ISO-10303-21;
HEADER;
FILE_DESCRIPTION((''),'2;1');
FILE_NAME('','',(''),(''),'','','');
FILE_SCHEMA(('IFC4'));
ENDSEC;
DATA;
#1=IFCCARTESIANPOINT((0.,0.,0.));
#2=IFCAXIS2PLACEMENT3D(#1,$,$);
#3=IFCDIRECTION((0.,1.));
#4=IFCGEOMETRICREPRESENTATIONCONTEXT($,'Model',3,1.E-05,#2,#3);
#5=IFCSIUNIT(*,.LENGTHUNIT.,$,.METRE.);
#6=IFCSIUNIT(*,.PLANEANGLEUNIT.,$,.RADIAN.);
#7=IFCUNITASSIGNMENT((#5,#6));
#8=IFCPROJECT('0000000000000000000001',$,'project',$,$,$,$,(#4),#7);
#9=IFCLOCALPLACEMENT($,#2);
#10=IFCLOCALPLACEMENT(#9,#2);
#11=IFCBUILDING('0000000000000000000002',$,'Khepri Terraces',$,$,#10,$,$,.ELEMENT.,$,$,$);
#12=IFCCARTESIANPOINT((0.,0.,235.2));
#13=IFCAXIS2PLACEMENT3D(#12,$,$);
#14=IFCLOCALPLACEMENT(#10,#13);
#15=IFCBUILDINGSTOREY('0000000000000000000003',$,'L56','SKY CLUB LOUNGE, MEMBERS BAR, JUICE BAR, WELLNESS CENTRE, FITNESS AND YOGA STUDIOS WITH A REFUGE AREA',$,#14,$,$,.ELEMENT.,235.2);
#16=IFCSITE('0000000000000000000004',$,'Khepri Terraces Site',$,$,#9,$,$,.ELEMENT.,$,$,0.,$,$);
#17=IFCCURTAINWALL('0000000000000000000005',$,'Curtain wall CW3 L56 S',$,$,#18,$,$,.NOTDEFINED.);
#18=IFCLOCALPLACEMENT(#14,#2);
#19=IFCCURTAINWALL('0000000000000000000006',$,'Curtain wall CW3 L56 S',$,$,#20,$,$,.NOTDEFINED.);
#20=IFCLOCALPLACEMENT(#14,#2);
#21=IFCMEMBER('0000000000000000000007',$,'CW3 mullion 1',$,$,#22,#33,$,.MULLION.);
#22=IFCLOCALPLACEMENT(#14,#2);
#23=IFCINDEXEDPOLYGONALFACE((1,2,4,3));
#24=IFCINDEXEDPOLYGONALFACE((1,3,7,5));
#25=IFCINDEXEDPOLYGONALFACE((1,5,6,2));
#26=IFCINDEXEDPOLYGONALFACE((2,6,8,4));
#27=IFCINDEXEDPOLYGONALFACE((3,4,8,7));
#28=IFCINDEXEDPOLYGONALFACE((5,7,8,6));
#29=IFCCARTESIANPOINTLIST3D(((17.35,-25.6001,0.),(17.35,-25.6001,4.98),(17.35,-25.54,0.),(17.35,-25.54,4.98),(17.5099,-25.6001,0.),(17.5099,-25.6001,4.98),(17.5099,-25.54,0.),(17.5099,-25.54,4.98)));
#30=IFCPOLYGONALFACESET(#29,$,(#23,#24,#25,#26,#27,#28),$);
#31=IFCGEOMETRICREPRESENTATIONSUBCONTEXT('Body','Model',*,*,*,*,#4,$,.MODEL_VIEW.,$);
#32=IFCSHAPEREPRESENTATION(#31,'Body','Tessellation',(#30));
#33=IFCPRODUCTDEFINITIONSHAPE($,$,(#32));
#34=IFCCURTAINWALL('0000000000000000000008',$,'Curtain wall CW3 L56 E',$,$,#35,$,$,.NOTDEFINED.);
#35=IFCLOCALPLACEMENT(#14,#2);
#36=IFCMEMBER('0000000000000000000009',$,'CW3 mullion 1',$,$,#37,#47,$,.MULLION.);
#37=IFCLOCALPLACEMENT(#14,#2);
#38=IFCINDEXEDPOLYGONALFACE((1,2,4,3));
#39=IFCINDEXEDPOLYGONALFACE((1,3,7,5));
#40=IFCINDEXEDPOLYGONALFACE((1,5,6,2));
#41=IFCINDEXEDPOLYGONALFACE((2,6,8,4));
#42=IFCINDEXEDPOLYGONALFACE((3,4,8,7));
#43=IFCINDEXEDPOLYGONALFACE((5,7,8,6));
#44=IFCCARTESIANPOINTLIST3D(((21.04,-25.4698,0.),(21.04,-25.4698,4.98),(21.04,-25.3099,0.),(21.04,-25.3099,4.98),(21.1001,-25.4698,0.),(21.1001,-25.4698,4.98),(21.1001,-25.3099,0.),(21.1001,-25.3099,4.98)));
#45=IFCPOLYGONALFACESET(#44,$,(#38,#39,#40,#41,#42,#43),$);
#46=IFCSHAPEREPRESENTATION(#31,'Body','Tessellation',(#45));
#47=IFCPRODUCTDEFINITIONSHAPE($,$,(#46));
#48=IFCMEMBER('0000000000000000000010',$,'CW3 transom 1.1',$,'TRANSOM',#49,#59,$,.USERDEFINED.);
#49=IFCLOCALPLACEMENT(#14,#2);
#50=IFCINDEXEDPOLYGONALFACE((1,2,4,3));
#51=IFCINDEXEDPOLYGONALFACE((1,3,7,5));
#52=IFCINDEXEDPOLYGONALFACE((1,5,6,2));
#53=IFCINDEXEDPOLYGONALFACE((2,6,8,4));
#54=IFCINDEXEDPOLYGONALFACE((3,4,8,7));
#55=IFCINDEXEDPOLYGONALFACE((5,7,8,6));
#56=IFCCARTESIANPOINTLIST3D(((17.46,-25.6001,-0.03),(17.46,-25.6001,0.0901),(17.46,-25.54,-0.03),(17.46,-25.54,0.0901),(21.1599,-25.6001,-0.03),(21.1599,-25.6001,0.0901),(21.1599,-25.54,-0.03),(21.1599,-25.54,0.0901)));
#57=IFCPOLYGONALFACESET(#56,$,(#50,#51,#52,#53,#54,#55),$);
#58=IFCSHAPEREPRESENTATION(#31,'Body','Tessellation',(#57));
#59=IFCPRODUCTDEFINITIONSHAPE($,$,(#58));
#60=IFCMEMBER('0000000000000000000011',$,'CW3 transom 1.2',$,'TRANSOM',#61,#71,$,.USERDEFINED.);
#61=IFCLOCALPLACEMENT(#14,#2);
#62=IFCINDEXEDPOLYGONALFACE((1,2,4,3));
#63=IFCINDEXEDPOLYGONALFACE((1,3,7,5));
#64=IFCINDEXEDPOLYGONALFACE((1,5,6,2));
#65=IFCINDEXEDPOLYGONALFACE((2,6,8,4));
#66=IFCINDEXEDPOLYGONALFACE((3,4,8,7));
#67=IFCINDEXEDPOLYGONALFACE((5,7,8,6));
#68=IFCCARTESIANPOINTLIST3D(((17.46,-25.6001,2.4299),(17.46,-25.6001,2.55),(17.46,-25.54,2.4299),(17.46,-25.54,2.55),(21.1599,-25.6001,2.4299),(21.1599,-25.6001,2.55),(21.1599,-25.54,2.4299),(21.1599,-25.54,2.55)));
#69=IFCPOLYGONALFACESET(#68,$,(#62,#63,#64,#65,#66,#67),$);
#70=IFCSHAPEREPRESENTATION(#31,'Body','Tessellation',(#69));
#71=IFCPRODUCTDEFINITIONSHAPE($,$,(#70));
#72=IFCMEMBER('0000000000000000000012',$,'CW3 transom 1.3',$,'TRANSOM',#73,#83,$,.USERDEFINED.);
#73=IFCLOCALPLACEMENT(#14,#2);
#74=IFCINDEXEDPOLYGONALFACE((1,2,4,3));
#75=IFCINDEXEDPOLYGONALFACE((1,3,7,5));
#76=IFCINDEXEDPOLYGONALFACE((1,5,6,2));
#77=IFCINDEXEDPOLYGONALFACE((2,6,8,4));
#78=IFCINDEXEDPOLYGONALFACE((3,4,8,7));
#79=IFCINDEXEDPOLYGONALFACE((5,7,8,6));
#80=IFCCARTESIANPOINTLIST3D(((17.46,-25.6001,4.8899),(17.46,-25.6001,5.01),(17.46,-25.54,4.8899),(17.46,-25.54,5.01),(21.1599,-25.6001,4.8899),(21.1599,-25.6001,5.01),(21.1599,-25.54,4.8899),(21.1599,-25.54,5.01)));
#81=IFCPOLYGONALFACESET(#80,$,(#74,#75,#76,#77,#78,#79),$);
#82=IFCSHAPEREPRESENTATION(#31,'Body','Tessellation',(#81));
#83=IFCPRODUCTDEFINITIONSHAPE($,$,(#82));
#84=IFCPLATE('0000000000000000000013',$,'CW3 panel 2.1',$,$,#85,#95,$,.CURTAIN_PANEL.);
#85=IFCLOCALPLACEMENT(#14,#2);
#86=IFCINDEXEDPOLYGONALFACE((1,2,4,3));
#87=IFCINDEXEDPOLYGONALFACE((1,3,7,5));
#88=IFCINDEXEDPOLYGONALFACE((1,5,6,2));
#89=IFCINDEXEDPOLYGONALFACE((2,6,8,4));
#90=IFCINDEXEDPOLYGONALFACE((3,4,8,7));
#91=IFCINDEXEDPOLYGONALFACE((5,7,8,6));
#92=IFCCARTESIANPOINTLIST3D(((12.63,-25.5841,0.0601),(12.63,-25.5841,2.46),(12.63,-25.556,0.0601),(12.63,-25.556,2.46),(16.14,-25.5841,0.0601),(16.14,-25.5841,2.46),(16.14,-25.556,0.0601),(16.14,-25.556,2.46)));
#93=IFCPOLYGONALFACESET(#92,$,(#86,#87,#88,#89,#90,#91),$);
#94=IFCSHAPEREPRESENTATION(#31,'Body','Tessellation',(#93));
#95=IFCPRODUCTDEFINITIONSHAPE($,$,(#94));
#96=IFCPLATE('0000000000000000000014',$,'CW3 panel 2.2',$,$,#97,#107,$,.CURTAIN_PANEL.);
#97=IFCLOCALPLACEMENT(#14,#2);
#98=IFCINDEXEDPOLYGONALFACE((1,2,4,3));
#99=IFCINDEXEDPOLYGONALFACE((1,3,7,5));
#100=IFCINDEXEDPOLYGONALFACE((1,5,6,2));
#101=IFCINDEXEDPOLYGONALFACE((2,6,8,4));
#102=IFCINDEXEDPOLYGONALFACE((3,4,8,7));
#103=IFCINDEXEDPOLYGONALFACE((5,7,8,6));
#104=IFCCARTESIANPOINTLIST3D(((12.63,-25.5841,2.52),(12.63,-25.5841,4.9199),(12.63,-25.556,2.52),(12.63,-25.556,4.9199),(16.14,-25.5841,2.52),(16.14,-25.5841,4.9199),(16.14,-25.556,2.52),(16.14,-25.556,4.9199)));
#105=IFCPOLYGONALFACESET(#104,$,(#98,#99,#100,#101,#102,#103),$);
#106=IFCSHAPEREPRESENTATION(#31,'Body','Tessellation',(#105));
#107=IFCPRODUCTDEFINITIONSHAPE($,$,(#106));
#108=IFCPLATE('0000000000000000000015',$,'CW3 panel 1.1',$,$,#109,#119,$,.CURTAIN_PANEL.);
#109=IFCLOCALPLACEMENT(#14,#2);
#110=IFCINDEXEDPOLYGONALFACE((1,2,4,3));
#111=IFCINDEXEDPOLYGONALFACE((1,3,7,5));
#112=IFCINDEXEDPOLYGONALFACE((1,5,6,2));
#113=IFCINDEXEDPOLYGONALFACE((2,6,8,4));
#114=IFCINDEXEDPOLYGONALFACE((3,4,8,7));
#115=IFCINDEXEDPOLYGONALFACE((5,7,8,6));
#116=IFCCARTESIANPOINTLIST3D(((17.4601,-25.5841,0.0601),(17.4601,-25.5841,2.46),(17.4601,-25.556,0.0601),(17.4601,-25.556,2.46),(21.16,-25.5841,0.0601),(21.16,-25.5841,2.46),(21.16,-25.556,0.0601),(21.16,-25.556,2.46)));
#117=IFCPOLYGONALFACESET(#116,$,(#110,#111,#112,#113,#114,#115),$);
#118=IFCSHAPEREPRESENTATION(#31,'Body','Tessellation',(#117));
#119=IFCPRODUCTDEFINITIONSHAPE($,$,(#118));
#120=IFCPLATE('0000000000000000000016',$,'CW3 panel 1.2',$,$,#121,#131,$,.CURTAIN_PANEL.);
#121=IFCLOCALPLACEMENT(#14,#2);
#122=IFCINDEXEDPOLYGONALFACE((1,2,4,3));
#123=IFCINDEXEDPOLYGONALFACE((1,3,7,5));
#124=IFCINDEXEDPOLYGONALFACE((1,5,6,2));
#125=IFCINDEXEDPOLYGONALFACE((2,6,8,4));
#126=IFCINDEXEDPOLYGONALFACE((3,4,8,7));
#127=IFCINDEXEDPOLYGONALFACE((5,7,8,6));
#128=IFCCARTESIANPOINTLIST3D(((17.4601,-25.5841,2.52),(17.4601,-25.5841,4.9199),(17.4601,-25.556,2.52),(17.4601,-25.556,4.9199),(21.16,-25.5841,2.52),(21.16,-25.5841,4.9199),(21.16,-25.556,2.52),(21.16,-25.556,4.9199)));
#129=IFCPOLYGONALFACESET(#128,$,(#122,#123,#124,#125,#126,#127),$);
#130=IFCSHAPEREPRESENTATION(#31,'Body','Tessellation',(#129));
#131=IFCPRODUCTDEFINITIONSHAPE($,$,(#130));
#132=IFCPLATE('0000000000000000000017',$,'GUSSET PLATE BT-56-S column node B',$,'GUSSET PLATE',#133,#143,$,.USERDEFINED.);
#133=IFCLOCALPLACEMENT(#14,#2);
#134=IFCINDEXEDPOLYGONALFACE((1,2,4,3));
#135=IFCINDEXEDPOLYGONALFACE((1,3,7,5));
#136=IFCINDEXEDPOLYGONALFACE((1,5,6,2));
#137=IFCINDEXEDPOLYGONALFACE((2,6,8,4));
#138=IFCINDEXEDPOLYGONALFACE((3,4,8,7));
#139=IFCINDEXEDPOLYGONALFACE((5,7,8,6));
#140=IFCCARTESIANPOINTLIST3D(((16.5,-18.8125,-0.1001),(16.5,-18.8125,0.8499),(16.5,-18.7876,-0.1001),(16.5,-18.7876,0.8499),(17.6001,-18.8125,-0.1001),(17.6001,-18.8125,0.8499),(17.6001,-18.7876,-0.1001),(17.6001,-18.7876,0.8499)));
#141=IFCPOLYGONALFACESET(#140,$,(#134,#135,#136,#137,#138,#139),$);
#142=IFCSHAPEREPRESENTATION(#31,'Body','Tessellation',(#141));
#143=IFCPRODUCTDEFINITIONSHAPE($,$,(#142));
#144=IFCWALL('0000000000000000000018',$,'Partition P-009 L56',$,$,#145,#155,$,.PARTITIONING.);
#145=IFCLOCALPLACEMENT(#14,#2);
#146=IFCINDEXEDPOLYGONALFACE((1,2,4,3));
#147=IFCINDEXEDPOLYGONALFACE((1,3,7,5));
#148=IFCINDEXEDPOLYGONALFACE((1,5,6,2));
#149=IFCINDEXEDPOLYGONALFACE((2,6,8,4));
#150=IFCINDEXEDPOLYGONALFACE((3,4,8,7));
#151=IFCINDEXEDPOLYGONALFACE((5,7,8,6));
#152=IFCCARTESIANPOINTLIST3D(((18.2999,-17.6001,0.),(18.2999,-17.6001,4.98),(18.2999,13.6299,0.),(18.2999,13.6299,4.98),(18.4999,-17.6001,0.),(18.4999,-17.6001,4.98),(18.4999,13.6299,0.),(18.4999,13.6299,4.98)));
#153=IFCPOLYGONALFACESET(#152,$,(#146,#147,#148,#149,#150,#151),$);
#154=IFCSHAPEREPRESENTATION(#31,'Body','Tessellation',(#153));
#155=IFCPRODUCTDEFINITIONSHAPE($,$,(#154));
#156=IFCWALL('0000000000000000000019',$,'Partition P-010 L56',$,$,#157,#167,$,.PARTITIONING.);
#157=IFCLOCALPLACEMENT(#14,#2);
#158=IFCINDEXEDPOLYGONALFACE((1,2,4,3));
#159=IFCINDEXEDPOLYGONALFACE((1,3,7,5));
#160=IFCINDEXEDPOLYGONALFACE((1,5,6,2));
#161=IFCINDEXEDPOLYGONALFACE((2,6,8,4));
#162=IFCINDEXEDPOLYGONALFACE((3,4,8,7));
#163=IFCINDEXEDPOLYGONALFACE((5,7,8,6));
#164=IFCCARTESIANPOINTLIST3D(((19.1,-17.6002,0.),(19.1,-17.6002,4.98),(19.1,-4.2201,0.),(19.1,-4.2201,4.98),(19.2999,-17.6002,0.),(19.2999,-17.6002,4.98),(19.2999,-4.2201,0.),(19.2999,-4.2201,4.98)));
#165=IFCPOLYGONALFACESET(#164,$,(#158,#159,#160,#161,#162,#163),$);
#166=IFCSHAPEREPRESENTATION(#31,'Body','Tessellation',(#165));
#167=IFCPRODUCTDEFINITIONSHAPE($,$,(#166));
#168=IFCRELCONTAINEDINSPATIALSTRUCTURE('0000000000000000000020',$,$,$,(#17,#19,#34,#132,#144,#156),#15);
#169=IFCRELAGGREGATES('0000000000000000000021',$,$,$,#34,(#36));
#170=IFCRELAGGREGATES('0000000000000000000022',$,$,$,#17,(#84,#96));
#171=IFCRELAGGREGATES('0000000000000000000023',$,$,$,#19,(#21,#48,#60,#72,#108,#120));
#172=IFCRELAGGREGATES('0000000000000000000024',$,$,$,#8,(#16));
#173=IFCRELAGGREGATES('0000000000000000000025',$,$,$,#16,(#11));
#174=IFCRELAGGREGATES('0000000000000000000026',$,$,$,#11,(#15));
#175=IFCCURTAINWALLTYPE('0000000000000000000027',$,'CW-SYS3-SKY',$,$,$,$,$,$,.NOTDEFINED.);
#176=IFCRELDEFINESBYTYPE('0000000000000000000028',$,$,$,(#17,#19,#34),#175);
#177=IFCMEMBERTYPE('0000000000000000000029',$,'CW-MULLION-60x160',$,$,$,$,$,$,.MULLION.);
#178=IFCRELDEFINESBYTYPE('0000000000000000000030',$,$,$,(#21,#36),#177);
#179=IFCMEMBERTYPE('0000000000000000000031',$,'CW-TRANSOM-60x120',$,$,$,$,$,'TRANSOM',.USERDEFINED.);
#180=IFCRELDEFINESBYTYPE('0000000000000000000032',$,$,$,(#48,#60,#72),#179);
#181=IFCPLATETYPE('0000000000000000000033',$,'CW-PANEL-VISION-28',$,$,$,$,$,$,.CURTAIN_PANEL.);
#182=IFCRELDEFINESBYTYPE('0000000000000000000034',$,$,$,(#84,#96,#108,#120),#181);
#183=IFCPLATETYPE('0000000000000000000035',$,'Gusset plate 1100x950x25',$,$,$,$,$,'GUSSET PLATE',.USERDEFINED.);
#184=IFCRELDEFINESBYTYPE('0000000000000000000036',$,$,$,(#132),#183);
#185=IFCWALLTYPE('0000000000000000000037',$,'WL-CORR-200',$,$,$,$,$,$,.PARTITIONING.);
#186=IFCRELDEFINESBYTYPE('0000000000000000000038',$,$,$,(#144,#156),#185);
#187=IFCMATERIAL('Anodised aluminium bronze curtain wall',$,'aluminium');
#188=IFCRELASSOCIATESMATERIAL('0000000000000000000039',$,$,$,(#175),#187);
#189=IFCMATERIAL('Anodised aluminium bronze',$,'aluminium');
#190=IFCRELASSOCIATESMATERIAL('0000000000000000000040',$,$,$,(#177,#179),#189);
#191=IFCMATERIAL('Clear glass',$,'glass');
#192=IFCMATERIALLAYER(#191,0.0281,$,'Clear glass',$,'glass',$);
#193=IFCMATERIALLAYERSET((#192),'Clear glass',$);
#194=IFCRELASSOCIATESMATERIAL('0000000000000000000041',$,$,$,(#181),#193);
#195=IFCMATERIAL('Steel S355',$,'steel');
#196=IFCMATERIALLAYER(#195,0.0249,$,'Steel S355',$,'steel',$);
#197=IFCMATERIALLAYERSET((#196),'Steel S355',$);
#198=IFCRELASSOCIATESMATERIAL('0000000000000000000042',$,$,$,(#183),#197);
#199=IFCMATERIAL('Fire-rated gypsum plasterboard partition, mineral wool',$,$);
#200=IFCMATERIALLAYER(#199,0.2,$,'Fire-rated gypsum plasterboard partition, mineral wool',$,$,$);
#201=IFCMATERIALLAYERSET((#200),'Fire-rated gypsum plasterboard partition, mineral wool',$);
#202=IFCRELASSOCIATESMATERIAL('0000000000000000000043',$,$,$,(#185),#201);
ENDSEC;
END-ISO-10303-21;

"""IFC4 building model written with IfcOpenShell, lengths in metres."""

from ifc_helpers import new_model, si_unit, direction, frame, frame_2d, origin, origin_2d, place, context, subcontext, project, spatial, rectangle, extrude, material, layer, layer_set, material_profile, profile_set, type_object, element, aggregate, save


model = new_model("IFC4")

# Units and contexts
model_context = context("Model", 3, precision=1e-05, world=origin(), true_north=direction((0.0, 1.0)))
body_context = subcontext(model_context, "Body", "Model", "MODEL_VIEW")
ifc_project = project(units=[si_unit("LENGTHUNIT", "METRE"), si_unit("PLANEANGLEUNIT", "RADIAN")], contexts=[model_context])

# Site, building, storey
site_placement = place(None, origin())
site = spatial("IfcSite", under=ifc_project, at=site_placement, Name="Khepri Terraces Site", CompositionType="ELEMENT", RefElevation=0.0)
building_placement = place(site_placement, origin())
building = spatial("IfcBuilding", under=site, at=building_placement, Name="Khepri Terraces", CompositionType="ELEMENT")
storey_placement = place(building_placement, frame((0.0, 0.0, 235.2)))
storey = spatial("IfcBuildingStorey", under=building, at=storey_placement, Name="L56", Description="SKY CLUB LOUNGE, MEMBERS BAR, JUICE BAR, WELLNESS CENTRE, FITNESS AND YOGA STUDIOS WITH A REFUGE AREA", CompositionType="ELEMENT", Elevation=235.2)

# Shared definitions
ifc_material_1 = material(Name="Steel S355", Category="steel")

# Curtain walls, members
ifc_material_2 = material(Name="Anodised aluminium bronze curtain wall", Category="aluminium")
curtain_wall_type = type_object("IfcCurtainWallType", Name="CW-SYS3-SKY", PredefinedType="NOTDEFINED", material=ifc_material_2)
curtain_wall_1_placement = place(storey_placement, origin())
curtain_wall_1 = element("IfcCurtainWall", 1, at=curtain_wall_1_placement, inside=storey, type_object=curtain_wall_type, Name="Curtain wall CW3 L56 S", PredefinedType="NOTDEFINED")
ifc_material_3 = material(Name="Anodised aluminium bronze", Category="aluminium")
ifc_material_profile_1 = material_profile(ifc_material_3, rectangle(XDim=0.0601, YDim=0.1599, at=origin_2d()), Name="Anodised aluminium bronze", Category="aluminium")
ifc_profile_set_1 = profile_set([ifc_material_profile_1], Name="Anodised aluminium bronze")
member_type_1 = type_object("IfcMemberType", Name="CW-MULLION-60x160", PredefinedType="MULLION", material=ifc_profile_set_1)
curtain_wall_2_placement = place(storey_placement, origin())
curtain_wall_2 = element("IfcCurtainWall", 2, at=curtain_wall_2_placement, inside=storey, type_object=curtain_wall_type, Name="Curtain wall CW3 L56 S", PredefinedType="NOTDEFINED")
member_1_placement = place(storey_placement, frame((17.4299, -25.5701, 0.0), z_axis=(0.0, 0.0, 1.0), x_axis=(0.0, 1.0, 0.0)))
member_1 = element("IfcMember", 3, at=member_1_placement, type_object=member_type_1, Name="CW3 mullion 1", PredefinedType="MULLION", context=body_context, shape_type="SweptSolid", body=[
    extrude(rectangle(XDim=0.0601, YDim=0.1599, at=origin_2d()), origin(), (0.0, 0.0, 1.0), 4.98),
])
curtain_wall_3_placement = place(storey_placement, origin())
curtain_wall_3 = element("IfcCurtainWall", 4, at=curtain_wall_3_placement, inside=storey, type_object=curtain_wall_type, Name="Curtain wall CW3 L56 E", PredefinedType="NOTDEFINED")
member_2_placement = place(storey_placement, frame((21.0701, -25.3899, 0.0), z_axis=(0.0, 0.0, 1.0), x_axis=(-1.0, 0.0, 0.0)))
member_2 = element("IfcMember", 5, at=member_2_placement, type_object=member_type_1, Name="CW3 mullion 1", PredefinedType="MULLION", context=body_context, shape_type="SweptSolid", body=[
    extrude(rectangle(XDim=0.0601, YDim=0.1599, at=origin_2d()), origin(), (0.0, 0.0, 1.0), 4.98),
])
aggregate(curtain_wall_3, [member_2])

# Members
ifc_material_profile_2 = material_profile(ifc_material_3, rectangle(XDim=0.0601, YDim=0.1201, at=origin_2d()), Name="Anodised aluminium bronze", Category="aluminium")
ifc_profile_set_2 = profile_set([ifc_material_profile_2], Name="Anodised aluminium bronze")
member_type_2 = type_object("IfcMemberType", Name="CW-TRANSOM-60x120", ElementType="TRANSOM", PredefinedType="USERDEFINED", material=ifc_profile_set_2)
member_3_placement = place(storey_placement, frame((17.46, -25.5701, 0.03), z_axis=(1.0, 0.0, 0.0), x_axis=(0.0, 1.0, 0.0)))
member_3 = element("IfcMember", 6, at=member_3_placement, type_object=member_type_2, Name="CW3 transom 1.1", ObjectType="TRANSOM", PredefinedType="USERDEFINED", context=body_context, shape_type="SweptSolid", body=[
    extrude(rectangle(XDim=0.0601, YDim=0.1201, at=origin_2d()), origin(), (0.0, 0.0, 1.0), 3.7),
])
member_4_placement = place(storey_placement, frame((17.46, -25.5701, 2.49), z_axis=(1.0, 0.0, 0.0), x_axis=(0.0, 1.0, 0.0)))
member_4 = element("IfcMember", 7, at=member_4_placement, type_object=member_type_2, Name="CW3 transom 1.2", ObjectType="TRANSOM", PredefinedType="USERDEFINED", context=body_context, shape_type="SweptSolid", body=[
    extrude(rectangle(XDim=0.0601, YDim=0.1201, at=origin_2d()), origin(), (0.0, 0.0, 1.0), 3.7),
])
member_5_placement = place(storey_placement, frame((17.46, -25.5701, 4.95), z_axis=(1.0, 0.0, 0.0), x_axis=(0.0, 1.0, 0.0)))
member_5 = element("IfcMember", 8, at=member_5_placement, type_object=member_type_2, Name="CW3 transom 1.3", ObjectType="TRANSOM", PredefinedType="USERDEFINED", context=body_context, shape_type="SweptSolid", body=[
    extrude(rectangle(XDim=0.0601, YDim=0.1201, at=origin_2d()), origin(), (0.0, 0.0, 1.0), 3.7),
])

# Plates
ifc_material_4 = material(Name="Clear glass", Category="glass")
ifc_layer_1 = layer(ifc_material_4, 0.0281, Name="Clear glass", Category="glass")
ifc_layer_set_1 = layer_set([ifc_layer_1], Name="Clear glass")
plate_type_1 = type_object("IfcPlateType", Name="CW-PANEL-VISION-28", PredefinedType="CURTAIN_PANEL", material=ifc_layer_set_1)
plate_1_placement = place(storey_placement, frame((14.385, -25.5701, 0.0601), z_axis=(0.0, 0.0, 1.0), x_axis=(1.0, 0.0, 0.0)))
plate_1 = element("IfcPlate", 9, at=plate_1_placement, type_object=plate_type_1, Name="CW3 panel 2.1", PredefinedType="CURTAIN_PANEL", context=body_context, shape_type="SweptSolid", body=[
    extrude(rectangle(XDim=3.51, YDim=0.0281, at=origin_2d()), origin(), (0.0, 0.0, 1.0), 2.3999),
])
plate_2_placement = place(storey_placement, frame((14.385, -25.5701, 2.52), z_axis=(0.0, 0.0, 1.0), x_axis=(1.0, 0.0, 0.0)))
plate_2 = element("IfcPlate", 10, at=plate_2_placement, type_object=plate_type_1, Name="CW3 panel 2.2", PredefinedType="CURTAIN_PANEL", context=body_context, shape_type="SweptSolid", body=[
    extrude(rectangle(XDim=3.51, YDim=0.0281, at=origin_2d()), origin(), (0.0, 0.0, 1.0), 2.3999),
])
aggregate(curtain_wall_1, [plate_1, plate_2])
plate_3_placement = place(storey_placement, frame((19.3101, -25.5701, 0.0601), z_axis=(0.0, 0.0, 1.0), x_axis=(1.0, 0.0, 0.0)))
plate_3 = element("IfcPlate", 11, at=plate_3_placement, type_object=plate_type_1, Name="CW3 panel 1.1", PredefinedType="CURTAIN_PANEL", context=body_context, shape_type="SweptSolid", body=[
    extrude(rectangle(XDim=3.7, YDim=0.0281, at=origin_2d()), origin(), (0.0, 0.0, 1.0), 2.3999),
])
plate_4_placement = place(storey_placement, frame((19.3101, -25.5701, 2.52), z_axis=(0.0, 0.0, 1.0), x_axis=(1.0, 0.0, 0.0)))
plate_4 = element("IfcPlate", 12, at=plate_4_placement, type_object=plate_type_1, Name="CW3 panel 1.2", PredefinedType="CURTAIN_PANEL", context=body_context, shape_type="SweptSolid", body=[
    extrude(rectangle(XDim=3.7, YDim=0.0281, at=origin_2d()), origin(), (0.0, 0.0, 1.0), 2.3999),
])
aggregate(curtain_wall_2, [member_1, member_3, member_4, member_5, plate_3, plate_4])
ifc_layer_2 = layer(ifc_material_1, 0.0249, Name="Steel S355", Category="steel")
ifc_layer_set_2 = layer_set([ifc_layer_2], Name="Steel S355")
plate_type_2 = type_object("IfcPlateType", Name="Gusset plate 1100x950x25", ElementType="GUSSET PLATE", PredefinedType="USERDEFINED", material=ifc_layer_set_2)
plate_5_placement = place(storey_placement, frame((17.05, -18.8, -0.1001), z_axis=(0.0, 0.0, 1.0), x_axis=(1.0, 0.0, 0.0)))
element("IfcPlate", 13, at=plate_5_placement, inside=storey, type_object=plate_type_2, Name="GUSSET PLATE BT-56-S column node B", ObjectType="GUSSET PLATE", PredefinedType="USERDEFINED", context=body_context, shape_type="SweptSolid", body=[
    extrude(rectangle(XDim=1.1001, YDim=0.0249, at=origin_2d()), origin(), (0.0, 0.0, 1.0), 0.95),
])

# Walls
ifc_material_5 = material(Name="Fire-rated gypsum plasterboard partition, mineral wool")
ifc_layer_3 = layer(ifc_material_5, 0.2, Name="Fire-rated gypsum plasterboard partition, mineral wool")
ifc_layer_set_3 = layer_set([ifc_layer_3], Name="Fire-rated gypsum plasterboard partition, mineral wool")
wall_type_1 = type_object("IfcWallType", Name="WL-CORR-200", PredefinedType="PARTITIONING", material=ifc_layer_set_3)
wall_1_placement = place(storey_placement, frame((18.3999, -17.6001, 0.0), z_axis=(0.0, 0.0, 1.0), x_axis=(0.0, 1.0, 0.0)))
element("IfcWall", 14, at=wall_1_placement, inside=storey, type_object=wall_type_1, Name="Partition P-009 L56", PredefinedType="PARTITIONING", context=body_context, shape_type="SweptSolid", body=[
    extrude(rectangle(XDim=31.23, YDim=0.2, at=frame_2d((15.615, 0.0))), origin(), (0.0, 0.0, 1.0), 4.98),
])
wall_2_placement = place(storey_placement, frame((19.2, -17.6001, 0.0), z_axis=(0.0, 0.0, 1.0), x_axis=(0.0, 1.0, 0.0)))
element("IfcWall", 15, at=wall_2_placement, inside=storey, type_object=wall_type_1, Name="Partition P-010 L56", PredefinedType="PARTITIONING", context=body_context, shape_type="SweptSolid", body=[
    extrude(rectangle(XDim=13.3801, YDim=0.2, at=frame_2d((6.6899, 0.0))), origin(), (0.0, 0.0, 1.0), 4.98),
])

save(model, "model.ifc")
